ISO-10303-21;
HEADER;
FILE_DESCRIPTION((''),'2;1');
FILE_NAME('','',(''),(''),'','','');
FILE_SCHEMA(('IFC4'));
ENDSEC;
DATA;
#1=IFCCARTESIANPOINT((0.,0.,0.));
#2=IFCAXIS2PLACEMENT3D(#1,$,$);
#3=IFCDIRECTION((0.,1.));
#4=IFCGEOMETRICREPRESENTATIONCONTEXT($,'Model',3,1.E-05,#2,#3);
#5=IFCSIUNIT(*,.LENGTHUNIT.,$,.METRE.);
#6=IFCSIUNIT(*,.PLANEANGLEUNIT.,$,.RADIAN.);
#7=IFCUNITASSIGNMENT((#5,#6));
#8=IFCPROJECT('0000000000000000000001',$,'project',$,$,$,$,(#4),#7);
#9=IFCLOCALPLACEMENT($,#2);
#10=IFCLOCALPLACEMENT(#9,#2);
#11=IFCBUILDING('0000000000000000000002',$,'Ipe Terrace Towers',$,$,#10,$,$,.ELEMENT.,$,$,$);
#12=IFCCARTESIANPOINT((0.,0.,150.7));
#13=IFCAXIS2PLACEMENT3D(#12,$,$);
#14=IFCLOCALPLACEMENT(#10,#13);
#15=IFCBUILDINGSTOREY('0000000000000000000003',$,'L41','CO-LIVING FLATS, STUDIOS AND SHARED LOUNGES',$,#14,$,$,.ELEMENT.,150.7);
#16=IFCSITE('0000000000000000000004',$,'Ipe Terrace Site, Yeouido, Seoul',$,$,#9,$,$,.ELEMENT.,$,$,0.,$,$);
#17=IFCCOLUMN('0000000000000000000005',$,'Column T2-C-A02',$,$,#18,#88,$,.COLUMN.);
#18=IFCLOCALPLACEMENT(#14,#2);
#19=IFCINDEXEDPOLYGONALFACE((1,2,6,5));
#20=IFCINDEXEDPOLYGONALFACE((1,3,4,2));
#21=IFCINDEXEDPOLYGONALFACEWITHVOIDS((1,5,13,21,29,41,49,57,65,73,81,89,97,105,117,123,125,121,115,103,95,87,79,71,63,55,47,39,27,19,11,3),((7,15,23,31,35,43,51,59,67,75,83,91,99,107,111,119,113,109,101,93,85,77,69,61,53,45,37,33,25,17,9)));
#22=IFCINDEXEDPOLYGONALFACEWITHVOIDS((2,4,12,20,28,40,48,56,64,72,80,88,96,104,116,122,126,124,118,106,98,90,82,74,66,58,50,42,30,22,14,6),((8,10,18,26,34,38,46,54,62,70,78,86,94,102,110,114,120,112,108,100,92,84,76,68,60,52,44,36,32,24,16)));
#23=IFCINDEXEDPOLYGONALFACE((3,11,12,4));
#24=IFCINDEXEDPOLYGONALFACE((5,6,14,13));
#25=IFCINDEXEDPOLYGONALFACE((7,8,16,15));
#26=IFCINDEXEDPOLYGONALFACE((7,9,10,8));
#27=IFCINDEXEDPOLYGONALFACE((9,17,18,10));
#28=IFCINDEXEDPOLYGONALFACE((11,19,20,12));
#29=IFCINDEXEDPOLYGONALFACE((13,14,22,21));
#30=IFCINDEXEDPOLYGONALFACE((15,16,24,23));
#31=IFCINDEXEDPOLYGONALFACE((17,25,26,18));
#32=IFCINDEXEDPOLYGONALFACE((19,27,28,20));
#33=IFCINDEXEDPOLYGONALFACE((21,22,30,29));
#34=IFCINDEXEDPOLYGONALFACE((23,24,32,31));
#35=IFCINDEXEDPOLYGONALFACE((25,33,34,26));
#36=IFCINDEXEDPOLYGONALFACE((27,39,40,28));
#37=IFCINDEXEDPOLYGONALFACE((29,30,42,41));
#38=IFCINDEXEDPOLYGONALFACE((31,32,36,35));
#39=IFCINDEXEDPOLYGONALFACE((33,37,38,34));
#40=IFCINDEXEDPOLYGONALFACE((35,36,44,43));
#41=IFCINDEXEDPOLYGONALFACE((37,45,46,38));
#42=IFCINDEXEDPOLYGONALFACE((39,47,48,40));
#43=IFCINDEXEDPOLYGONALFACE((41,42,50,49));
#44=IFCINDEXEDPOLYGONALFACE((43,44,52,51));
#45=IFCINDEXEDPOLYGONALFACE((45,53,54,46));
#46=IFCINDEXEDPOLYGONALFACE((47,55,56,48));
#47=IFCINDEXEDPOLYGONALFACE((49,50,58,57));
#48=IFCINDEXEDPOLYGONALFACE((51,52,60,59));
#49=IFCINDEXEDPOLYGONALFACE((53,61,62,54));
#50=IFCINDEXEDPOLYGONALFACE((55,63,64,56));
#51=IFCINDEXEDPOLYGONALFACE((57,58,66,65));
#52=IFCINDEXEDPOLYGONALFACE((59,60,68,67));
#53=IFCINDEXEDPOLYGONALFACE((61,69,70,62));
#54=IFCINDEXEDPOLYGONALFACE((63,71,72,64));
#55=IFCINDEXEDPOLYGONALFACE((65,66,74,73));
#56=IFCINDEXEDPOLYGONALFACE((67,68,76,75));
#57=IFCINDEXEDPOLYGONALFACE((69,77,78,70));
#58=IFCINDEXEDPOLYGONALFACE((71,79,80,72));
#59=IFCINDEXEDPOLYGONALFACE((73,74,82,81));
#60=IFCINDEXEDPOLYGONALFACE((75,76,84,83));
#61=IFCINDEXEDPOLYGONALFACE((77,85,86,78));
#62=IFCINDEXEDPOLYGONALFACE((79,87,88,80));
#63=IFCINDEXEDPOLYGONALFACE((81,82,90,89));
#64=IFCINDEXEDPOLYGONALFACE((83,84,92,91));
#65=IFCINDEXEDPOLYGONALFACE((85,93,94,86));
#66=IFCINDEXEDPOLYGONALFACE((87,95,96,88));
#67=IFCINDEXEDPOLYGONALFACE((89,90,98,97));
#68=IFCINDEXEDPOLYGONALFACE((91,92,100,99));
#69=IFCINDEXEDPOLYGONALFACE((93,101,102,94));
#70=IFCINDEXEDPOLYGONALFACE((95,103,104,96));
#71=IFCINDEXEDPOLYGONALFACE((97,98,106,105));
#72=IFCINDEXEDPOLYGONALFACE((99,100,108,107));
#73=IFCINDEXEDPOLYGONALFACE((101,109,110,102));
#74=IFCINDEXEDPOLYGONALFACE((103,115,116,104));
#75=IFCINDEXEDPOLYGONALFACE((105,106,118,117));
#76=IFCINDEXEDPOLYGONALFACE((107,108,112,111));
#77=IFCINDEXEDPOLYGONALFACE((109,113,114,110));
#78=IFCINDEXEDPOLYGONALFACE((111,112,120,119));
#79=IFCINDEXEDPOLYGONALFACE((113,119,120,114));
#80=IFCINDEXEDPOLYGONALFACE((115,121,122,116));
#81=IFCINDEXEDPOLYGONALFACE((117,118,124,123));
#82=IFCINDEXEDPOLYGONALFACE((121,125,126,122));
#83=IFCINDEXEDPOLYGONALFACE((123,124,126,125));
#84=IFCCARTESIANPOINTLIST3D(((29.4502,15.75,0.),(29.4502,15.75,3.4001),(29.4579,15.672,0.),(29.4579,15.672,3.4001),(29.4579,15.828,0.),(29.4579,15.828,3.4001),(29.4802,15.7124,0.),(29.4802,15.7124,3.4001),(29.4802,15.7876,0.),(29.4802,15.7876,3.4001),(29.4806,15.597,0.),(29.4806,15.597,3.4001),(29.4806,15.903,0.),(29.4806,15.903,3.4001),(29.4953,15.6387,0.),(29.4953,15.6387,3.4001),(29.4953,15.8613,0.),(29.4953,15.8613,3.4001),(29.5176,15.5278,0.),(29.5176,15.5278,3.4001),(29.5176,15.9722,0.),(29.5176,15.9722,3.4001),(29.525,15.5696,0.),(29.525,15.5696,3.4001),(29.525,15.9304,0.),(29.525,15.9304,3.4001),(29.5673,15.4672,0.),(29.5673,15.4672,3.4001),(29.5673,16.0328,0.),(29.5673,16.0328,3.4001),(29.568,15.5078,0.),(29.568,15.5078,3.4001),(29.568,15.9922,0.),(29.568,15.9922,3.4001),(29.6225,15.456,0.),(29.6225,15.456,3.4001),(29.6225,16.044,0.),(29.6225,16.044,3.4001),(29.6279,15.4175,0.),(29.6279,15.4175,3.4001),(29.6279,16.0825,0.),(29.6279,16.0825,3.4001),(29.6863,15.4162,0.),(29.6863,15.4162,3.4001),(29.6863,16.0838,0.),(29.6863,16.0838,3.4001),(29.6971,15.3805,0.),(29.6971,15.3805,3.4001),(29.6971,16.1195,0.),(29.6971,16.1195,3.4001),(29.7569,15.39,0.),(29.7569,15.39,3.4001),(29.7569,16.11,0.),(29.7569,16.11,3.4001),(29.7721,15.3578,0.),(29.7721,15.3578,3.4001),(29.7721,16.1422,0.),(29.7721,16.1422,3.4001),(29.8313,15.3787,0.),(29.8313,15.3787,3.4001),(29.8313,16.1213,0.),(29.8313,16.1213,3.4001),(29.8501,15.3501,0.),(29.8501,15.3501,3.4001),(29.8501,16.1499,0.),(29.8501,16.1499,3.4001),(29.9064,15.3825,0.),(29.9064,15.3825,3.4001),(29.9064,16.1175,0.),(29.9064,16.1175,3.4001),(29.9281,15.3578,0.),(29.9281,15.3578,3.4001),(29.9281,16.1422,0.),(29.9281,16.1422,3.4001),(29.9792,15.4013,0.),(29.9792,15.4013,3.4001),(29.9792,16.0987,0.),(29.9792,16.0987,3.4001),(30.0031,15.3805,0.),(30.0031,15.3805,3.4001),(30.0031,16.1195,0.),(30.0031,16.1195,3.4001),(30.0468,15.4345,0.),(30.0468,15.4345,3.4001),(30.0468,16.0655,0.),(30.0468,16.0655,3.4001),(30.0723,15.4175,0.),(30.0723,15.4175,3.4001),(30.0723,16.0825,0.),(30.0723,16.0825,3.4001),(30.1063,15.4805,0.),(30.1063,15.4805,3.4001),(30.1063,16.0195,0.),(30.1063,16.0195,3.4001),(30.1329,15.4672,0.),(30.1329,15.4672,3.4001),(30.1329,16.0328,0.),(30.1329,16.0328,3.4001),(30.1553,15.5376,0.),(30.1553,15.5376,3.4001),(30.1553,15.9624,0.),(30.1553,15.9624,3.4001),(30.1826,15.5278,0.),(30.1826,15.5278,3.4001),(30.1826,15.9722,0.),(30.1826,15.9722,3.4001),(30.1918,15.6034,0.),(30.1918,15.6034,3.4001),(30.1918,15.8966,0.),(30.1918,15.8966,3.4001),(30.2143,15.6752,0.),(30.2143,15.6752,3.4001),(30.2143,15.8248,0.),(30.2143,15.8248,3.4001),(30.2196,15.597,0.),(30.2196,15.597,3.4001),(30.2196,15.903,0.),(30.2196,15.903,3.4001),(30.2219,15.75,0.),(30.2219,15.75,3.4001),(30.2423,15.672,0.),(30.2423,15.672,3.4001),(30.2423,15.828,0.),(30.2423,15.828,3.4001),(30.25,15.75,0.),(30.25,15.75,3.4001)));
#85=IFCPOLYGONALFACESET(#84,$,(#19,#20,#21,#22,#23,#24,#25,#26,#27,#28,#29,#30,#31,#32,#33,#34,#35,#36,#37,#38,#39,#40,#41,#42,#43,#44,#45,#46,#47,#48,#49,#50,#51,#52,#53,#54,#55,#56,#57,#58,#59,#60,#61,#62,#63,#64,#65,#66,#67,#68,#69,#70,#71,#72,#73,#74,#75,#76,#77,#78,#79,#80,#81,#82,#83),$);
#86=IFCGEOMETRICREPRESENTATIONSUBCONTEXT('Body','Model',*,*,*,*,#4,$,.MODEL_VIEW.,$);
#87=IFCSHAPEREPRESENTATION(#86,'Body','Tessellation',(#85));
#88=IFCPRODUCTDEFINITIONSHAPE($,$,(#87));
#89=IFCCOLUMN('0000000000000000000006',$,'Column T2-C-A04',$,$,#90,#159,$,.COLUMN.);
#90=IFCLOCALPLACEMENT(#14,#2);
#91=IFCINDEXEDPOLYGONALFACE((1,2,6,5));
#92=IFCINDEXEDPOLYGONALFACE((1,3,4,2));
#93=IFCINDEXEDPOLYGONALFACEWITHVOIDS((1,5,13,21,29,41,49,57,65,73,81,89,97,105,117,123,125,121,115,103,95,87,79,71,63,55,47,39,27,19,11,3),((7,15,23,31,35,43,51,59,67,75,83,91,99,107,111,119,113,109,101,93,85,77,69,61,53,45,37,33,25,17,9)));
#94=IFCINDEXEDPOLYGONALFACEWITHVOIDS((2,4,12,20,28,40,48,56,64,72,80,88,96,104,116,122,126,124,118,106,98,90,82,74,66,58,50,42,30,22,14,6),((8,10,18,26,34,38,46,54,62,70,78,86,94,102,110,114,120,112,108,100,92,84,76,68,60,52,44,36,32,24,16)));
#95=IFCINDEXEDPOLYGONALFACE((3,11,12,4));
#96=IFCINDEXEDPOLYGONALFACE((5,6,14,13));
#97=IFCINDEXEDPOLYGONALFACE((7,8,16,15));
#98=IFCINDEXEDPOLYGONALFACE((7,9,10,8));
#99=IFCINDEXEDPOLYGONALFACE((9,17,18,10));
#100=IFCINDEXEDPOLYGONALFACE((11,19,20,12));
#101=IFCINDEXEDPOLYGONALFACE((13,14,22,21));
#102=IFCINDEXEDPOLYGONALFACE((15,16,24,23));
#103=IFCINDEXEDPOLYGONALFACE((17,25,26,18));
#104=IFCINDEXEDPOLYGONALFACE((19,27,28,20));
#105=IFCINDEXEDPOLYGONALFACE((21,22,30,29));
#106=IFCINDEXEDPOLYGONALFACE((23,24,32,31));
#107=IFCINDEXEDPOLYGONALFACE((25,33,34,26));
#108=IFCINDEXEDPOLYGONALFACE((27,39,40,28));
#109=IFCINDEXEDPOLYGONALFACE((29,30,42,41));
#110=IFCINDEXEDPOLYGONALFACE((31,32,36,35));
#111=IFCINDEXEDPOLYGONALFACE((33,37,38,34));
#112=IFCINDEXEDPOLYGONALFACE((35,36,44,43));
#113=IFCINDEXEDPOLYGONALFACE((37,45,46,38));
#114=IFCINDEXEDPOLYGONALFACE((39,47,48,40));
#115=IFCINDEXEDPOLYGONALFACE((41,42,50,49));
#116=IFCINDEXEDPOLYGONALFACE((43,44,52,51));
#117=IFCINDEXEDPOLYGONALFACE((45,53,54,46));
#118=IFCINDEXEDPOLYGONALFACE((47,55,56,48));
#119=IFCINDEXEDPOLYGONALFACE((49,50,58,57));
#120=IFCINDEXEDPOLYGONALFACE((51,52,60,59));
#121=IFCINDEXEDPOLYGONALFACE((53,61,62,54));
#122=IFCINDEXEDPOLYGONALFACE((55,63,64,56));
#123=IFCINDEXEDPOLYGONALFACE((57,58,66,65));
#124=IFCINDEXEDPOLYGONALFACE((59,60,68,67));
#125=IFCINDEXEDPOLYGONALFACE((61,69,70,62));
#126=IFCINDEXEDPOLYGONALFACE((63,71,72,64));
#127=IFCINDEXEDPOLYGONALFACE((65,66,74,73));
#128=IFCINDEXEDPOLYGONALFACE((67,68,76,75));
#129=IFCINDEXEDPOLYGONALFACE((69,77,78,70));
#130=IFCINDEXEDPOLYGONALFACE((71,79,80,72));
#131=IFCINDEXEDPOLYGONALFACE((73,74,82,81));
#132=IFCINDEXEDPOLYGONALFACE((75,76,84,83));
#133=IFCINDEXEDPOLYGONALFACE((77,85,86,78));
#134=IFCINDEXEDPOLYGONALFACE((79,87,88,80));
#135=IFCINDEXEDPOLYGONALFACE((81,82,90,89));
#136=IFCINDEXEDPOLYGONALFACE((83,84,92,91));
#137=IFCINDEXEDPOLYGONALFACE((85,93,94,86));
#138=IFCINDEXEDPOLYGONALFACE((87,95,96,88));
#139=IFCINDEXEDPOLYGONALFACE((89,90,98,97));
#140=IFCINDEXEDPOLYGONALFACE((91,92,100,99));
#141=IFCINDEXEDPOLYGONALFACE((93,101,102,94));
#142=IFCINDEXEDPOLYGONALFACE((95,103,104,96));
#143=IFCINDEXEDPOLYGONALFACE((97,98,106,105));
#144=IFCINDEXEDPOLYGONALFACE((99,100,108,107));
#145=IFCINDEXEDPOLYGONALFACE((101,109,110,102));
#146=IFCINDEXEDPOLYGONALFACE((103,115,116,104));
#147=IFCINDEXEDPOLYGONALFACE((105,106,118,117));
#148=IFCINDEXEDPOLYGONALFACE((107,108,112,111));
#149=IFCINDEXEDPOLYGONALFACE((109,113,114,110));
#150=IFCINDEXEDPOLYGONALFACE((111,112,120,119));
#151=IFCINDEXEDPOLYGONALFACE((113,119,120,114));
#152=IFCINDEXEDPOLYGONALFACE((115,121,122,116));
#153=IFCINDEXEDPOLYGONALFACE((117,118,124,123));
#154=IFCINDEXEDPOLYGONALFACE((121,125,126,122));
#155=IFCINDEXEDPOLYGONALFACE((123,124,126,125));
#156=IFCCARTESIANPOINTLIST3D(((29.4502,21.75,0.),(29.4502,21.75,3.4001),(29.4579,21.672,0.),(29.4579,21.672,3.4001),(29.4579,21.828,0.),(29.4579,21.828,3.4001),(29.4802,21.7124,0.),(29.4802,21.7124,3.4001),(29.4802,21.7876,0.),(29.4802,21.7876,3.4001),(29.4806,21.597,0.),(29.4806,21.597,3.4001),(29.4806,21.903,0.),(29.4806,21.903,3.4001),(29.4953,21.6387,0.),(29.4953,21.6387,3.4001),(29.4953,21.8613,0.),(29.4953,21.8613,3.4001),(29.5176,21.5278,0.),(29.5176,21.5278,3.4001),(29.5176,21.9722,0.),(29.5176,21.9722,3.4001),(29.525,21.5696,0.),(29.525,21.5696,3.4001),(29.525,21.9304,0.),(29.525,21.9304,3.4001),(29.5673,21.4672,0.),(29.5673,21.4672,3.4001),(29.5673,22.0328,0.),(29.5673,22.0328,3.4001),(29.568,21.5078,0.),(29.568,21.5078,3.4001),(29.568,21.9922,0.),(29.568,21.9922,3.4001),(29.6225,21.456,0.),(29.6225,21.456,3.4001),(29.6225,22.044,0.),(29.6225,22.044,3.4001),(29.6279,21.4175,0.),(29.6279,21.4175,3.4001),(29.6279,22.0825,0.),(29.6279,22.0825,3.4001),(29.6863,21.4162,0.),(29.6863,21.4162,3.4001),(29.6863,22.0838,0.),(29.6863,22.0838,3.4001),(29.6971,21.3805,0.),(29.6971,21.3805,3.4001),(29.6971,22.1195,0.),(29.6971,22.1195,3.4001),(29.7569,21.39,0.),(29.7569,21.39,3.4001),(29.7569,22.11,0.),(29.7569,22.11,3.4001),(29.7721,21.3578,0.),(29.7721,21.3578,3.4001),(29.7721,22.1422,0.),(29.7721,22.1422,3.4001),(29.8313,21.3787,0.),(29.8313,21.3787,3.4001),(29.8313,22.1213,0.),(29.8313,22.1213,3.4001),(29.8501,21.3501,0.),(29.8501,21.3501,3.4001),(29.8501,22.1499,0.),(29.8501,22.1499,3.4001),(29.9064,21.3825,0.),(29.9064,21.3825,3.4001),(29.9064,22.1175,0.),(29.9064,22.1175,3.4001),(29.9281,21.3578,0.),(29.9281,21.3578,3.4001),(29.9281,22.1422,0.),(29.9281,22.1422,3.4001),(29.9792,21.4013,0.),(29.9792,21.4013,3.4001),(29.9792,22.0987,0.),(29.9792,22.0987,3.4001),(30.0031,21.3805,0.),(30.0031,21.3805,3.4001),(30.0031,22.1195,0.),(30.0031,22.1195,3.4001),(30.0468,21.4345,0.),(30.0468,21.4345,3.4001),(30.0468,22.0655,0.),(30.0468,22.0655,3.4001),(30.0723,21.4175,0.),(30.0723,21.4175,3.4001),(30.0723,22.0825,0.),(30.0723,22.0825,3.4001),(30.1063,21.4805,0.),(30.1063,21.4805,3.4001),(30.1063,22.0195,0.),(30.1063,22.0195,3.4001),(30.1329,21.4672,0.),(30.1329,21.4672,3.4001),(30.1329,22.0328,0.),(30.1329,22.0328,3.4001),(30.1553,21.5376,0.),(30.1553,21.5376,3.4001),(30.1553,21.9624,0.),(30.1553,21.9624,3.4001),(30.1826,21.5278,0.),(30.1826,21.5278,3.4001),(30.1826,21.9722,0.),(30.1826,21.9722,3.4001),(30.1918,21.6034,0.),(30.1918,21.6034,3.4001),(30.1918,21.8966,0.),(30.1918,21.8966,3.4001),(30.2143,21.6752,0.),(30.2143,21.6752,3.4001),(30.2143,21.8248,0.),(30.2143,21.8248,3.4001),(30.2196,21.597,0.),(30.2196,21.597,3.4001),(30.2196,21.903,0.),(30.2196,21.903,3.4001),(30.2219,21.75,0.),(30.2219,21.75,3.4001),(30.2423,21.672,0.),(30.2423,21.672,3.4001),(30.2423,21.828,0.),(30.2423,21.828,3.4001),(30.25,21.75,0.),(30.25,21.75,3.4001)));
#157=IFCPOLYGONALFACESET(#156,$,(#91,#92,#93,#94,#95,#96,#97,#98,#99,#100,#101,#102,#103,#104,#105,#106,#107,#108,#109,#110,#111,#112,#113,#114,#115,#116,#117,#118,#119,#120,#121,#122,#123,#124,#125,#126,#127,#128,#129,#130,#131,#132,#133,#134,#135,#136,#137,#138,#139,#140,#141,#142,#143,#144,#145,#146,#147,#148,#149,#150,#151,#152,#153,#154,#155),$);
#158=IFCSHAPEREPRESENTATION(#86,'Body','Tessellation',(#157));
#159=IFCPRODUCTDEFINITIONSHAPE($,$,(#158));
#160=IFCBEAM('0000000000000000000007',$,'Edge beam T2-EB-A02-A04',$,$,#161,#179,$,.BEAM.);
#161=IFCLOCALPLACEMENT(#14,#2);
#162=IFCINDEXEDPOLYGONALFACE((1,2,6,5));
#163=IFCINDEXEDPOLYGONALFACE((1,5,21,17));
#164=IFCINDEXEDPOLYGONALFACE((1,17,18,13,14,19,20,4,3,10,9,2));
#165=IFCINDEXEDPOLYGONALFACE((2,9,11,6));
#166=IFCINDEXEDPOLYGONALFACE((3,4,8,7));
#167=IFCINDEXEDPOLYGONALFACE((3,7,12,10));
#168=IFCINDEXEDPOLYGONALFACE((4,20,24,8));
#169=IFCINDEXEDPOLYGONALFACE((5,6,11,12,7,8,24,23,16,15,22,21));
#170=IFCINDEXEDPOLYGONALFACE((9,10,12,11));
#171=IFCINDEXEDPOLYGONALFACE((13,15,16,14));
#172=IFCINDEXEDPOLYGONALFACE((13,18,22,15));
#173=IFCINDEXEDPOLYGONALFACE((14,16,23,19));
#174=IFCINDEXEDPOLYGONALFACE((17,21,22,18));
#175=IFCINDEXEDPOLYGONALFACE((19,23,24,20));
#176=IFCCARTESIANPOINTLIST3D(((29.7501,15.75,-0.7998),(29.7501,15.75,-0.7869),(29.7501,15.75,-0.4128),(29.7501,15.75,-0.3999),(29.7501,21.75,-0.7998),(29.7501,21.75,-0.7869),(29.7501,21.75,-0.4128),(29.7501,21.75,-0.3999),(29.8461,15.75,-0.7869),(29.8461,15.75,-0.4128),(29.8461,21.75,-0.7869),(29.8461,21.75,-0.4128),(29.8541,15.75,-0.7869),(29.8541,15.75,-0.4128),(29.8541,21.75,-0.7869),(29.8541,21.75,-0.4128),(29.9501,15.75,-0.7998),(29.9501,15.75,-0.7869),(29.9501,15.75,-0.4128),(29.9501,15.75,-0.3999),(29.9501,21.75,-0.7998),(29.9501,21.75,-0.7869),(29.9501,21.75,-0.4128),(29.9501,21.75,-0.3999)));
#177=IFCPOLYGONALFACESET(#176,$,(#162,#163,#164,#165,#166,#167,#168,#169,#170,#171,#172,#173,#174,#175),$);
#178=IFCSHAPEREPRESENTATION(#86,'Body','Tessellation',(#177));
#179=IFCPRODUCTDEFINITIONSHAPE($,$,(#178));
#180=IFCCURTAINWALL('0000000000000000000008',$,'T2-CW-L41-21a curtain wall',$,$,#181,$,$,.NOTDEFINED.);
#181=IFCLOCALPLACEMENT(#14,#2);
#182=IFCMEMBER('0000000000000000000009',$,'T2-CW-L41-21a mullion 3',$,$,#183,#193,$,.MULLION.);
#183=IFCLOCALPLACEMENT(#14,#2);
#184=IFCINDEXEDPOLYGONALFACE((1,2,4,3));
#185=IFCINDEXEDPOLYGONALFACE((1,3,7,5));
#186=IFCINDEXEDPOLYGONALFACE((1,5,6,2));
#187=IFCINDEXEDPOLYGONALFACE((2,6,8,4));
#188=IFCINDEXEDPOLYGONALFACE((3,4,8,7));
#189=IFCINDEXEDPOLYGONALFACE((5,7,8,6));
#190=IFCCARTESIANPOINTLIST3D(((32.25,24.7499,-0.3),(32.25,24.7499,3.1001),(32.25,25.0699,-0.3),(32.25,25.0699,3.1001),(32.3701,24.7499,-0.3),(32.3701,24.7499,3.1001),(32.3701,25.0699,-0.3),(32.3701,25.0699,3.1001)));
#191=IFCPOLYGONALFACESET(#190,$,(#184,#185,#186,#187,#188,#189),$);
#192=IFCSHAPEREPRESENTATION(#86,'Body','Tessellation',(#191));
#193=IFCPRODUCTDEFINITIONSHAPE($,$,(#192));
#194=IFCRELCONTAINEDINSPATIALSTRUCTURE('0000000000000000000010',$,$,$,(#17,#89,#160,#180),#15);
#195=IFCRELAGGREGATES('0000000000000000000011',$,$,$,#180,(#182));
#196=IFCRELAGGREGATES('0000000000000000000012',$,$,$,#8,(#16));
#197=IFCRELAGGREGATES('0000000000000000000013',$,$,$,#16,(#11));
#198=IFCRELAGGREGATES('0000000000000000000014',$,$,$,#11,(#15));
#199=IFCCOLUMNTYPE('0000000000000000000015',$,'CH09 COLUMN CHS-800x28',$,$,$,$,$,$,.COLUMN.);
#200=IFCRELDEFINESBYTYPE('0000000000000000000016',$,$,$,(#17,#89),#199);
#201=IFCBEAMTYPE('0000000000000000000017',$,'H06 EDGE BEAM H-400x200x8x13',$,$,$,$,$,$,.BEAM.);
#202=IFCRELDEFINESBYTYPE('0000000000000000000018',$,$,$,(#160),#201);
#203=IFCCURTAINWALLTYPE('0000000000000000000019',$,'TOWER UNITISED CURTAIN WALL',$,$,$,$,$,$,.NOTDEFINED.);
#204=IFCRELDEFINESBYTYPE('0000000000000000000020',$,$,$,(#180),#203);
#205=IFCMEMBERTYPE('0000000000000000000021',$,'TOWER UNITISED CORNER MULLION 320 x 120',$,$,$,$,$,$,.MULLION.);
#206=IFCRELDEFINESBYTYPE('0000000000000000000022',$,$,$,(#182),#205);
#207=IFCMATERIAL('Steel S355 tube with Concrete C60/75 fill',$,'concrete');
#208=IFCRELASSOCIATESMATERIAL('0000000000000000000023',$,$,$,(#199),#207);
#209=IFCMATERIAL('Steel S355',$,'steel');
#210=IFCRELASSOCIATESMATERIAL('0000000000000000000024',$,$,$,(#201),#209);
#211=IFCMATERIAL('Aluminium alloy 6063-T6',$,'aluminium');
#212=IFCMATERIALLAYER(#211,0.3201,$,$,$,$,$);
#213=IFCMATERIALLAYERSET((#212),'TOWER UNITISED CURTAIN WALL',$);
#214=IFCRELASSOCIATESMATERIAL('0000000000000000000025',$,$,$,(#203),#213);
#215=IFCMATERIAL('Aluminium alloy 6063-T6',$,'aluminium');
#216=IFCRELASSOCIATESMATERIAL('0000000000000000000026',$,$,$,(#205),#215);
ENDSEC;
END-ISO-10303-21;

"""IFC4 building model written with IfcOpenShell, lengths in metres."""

from ifc_helpers import new_model, si_unit, direction, frame, origin, origin_2d, place, context, subcontext, project, spatial, rectangle, hollow_circle, i_section, extrude, material, layer, layer_set, material_profile, profile_set, type_object, element, aggregate, save


model = new_model("IFC4")

# Units and contexts
model_context = context("Model", 3, precision=1e-05, world=origin(), true_north=direction((0.0, 1.0)))
body_context = subcontext(model_context, "Body", "Model", "MODEL_VIEW")
ifc_project = project(units=[si_unit("LENGTHUNIT", "METRE"), si_unit("PLANEANGLEUNIT", "RADIAN")], contexts=[model_context])

# Site, building, storey
site_placement = place(None, origin())
site = spatial("IfcSite", under=ifc_project, at=site_placement, Name="Ipe Terrace Site, Yeouido, Seoul", CompositionType="ELEMENT", RefElevation=0.0)
building_placement = place(site_placement, origin())
building = spatial("IfcBuilding", under=site, at=building_placement, Name="Ipe Terrace Towers", CompositionType="ELEMENT")
storey_placement = place(building_placement, frame((0.0, 0.0, 150.7)))
storey = spatial("IfcBuildingStorey", under=building, at=storey_placement, Name="L41", Description="CO-LIVING FLATS, STUDIOS AND SHARED LOUNGES", CompositionType="ELEMENT", Elevation=150.7)

# Columns
ifc_material_1 = material(Name="Steel S355 tube with Concrete C60/75 fill", Category="concrete")
ifc_material_profile_1 = material_profile(ifc_material_1, hollow_circle(Radius=0.3999, WallThickness=0.0281, at=origin_2d()), Name="CHS-800x28")
ifc_profile_set_1 = profile_set([ifc_material_profile_1], Name="Steel S355 tube with Concrete C60/75 fill")
column_type = type_object("IfcColumnType", Name="CH09 COLUMN CHS-800x28", PredefinedType="COLUMN", material=ifc_profile_set_1)
for number, where, z_axis, x_axis, name in (
    (1, (29.8501, 15.75, 0.0), (0.0, 0.0, 1.0), (1.0, 0.0, 0.0), "Column T2-C-A02"),
    (2, (29.8501, 21.75, 0.0), (0.0, 0.0, 1.0), (1.0, 0.0, 0.0), "Column T2-C-A04"),
):
    element("IfcColumn", number, at=place(storey_placement, frame(where, z_axis=z_axis, x_axis=x_axis)), inside=storey, type_object=column_type, Name=name, PredefinedType="COLUMN", context=body_context, shape_type="SweptSolid", body=[
        extrude(hollow_circle(Radius=0.3999, WallThickness=0.0281, at=origin_2d()), origin(), (0.0, 0.0, 1.0), 3.4001),
    ])

# Beam
ifc_material_2 = material(Name="Steel S355", Category="steel")
ifc_material_profile_2 = material_profile(ifc_material_2, i_section(OverallWidth=0.2, OverallDepth=0.3999, WebThickness=0.0081, FlangeThickness=0.0129, at=origin_2d()), Name="H-400x200x8x13")
ifc_profile_set_2 = profile_set([ifc_material_profile_2], Name="Steel S355")
beam_type = type_object("IfcBeamType", Name="H06 EDGE BEAM H-400x200x8x13", PredefinedType="BEAM", material=ifc_profile_set_2)
beam_placement = place(storey_placement, frame((29.8501, 15.75, -0.5999), z_axis=(0.0, 1.0, 0.0), x_axis=(-1.0, 0.0, 0.0)))
element("IfcBeam", 3, at=beam_placement, inside=storey, type_object=beam_type, Name="Edge beam T2-EB-A02-A04", PredefinedType="BEAM", context=body_context, shape_type="SweptSolid", body=[
    extrude(i_section(OverallWidth=0.2, OverallDepth=0.3999, WebThickness=0.0081, FlangeThickness=0.0129, at=origin_2d()), origin(), (0.0, 0.0, 1.0), 6.0),
])

# Curtain wall, member
ifc_material_3 = material(Name="Aluminium alloy 6063-T6", Category="aluminium")
ifc_layer_1 = layer(ifc_material_3, 0.3201)
ifc_layer_set_1 = layer_set([ifc_layer_1], Name="TOWER UNITISED CURTAIN WALL")
curtain_wall_type = type_object("IfcCurtainWallType", Name="TOWER UNITISED CURTAIN WALL", PredefinedType="NOTDEFINED", material=ifc_layer_set_1)
curtain_wall_1_placement = place(storey_placement, origin())
curtain_wall_1 = element("IfcCurtainWall", 4, at=curtain_wall_1_placement, inside=storey, type_object=curtain_wall_type, Name="T2-CW-L41-21a curtain wall", PredefinedType="NOTDEFINED")
ifc_material_4 = material(Name="Aluminium alloy 6063-T6", Category="aluminium")
ifc_material_profile_3 = material_profile(ifc_material_4, rectangle(XDim=0.3201, YDim=0.1201, at=origin_2d()), Name="TOWER UNITISED CORNER MULLION 320 x 120")
ifc_profile_set_3 = profile_set([ifc_material_profile_3], Name="Aluminium alloy 6063-T6")
member_type = type_object("IfcMemberType", Name="TOWER UNITISED CORNER MULLION 320 x 120", PredefinedType="MULLION", material=ifc_profile_set_3)
member_1_placement = place(storey_placement, frame((32.3101, 24.9099, -0.3), z_axis=(0.0, 0.0, 1.0), x_axis=(0.0, 1.0, 0.0)))
member_1 = element("IfcMember", 5, at=member_1_placement, type_object=member_type, Name="T2-CW-L41-21a mullion 3", PredefinedType="MULLION", context=body_context, shape_type="SweptSolid", body=[
    extrude(rectangle(XDim=0.3201, YDim=0.1201, at=origin_2d()), origin(), (0.0, 0.0, 1.0), 3.4001),
])
aggregate(curtain_wall_1, [member_1])

save(model, "model.ifc")
